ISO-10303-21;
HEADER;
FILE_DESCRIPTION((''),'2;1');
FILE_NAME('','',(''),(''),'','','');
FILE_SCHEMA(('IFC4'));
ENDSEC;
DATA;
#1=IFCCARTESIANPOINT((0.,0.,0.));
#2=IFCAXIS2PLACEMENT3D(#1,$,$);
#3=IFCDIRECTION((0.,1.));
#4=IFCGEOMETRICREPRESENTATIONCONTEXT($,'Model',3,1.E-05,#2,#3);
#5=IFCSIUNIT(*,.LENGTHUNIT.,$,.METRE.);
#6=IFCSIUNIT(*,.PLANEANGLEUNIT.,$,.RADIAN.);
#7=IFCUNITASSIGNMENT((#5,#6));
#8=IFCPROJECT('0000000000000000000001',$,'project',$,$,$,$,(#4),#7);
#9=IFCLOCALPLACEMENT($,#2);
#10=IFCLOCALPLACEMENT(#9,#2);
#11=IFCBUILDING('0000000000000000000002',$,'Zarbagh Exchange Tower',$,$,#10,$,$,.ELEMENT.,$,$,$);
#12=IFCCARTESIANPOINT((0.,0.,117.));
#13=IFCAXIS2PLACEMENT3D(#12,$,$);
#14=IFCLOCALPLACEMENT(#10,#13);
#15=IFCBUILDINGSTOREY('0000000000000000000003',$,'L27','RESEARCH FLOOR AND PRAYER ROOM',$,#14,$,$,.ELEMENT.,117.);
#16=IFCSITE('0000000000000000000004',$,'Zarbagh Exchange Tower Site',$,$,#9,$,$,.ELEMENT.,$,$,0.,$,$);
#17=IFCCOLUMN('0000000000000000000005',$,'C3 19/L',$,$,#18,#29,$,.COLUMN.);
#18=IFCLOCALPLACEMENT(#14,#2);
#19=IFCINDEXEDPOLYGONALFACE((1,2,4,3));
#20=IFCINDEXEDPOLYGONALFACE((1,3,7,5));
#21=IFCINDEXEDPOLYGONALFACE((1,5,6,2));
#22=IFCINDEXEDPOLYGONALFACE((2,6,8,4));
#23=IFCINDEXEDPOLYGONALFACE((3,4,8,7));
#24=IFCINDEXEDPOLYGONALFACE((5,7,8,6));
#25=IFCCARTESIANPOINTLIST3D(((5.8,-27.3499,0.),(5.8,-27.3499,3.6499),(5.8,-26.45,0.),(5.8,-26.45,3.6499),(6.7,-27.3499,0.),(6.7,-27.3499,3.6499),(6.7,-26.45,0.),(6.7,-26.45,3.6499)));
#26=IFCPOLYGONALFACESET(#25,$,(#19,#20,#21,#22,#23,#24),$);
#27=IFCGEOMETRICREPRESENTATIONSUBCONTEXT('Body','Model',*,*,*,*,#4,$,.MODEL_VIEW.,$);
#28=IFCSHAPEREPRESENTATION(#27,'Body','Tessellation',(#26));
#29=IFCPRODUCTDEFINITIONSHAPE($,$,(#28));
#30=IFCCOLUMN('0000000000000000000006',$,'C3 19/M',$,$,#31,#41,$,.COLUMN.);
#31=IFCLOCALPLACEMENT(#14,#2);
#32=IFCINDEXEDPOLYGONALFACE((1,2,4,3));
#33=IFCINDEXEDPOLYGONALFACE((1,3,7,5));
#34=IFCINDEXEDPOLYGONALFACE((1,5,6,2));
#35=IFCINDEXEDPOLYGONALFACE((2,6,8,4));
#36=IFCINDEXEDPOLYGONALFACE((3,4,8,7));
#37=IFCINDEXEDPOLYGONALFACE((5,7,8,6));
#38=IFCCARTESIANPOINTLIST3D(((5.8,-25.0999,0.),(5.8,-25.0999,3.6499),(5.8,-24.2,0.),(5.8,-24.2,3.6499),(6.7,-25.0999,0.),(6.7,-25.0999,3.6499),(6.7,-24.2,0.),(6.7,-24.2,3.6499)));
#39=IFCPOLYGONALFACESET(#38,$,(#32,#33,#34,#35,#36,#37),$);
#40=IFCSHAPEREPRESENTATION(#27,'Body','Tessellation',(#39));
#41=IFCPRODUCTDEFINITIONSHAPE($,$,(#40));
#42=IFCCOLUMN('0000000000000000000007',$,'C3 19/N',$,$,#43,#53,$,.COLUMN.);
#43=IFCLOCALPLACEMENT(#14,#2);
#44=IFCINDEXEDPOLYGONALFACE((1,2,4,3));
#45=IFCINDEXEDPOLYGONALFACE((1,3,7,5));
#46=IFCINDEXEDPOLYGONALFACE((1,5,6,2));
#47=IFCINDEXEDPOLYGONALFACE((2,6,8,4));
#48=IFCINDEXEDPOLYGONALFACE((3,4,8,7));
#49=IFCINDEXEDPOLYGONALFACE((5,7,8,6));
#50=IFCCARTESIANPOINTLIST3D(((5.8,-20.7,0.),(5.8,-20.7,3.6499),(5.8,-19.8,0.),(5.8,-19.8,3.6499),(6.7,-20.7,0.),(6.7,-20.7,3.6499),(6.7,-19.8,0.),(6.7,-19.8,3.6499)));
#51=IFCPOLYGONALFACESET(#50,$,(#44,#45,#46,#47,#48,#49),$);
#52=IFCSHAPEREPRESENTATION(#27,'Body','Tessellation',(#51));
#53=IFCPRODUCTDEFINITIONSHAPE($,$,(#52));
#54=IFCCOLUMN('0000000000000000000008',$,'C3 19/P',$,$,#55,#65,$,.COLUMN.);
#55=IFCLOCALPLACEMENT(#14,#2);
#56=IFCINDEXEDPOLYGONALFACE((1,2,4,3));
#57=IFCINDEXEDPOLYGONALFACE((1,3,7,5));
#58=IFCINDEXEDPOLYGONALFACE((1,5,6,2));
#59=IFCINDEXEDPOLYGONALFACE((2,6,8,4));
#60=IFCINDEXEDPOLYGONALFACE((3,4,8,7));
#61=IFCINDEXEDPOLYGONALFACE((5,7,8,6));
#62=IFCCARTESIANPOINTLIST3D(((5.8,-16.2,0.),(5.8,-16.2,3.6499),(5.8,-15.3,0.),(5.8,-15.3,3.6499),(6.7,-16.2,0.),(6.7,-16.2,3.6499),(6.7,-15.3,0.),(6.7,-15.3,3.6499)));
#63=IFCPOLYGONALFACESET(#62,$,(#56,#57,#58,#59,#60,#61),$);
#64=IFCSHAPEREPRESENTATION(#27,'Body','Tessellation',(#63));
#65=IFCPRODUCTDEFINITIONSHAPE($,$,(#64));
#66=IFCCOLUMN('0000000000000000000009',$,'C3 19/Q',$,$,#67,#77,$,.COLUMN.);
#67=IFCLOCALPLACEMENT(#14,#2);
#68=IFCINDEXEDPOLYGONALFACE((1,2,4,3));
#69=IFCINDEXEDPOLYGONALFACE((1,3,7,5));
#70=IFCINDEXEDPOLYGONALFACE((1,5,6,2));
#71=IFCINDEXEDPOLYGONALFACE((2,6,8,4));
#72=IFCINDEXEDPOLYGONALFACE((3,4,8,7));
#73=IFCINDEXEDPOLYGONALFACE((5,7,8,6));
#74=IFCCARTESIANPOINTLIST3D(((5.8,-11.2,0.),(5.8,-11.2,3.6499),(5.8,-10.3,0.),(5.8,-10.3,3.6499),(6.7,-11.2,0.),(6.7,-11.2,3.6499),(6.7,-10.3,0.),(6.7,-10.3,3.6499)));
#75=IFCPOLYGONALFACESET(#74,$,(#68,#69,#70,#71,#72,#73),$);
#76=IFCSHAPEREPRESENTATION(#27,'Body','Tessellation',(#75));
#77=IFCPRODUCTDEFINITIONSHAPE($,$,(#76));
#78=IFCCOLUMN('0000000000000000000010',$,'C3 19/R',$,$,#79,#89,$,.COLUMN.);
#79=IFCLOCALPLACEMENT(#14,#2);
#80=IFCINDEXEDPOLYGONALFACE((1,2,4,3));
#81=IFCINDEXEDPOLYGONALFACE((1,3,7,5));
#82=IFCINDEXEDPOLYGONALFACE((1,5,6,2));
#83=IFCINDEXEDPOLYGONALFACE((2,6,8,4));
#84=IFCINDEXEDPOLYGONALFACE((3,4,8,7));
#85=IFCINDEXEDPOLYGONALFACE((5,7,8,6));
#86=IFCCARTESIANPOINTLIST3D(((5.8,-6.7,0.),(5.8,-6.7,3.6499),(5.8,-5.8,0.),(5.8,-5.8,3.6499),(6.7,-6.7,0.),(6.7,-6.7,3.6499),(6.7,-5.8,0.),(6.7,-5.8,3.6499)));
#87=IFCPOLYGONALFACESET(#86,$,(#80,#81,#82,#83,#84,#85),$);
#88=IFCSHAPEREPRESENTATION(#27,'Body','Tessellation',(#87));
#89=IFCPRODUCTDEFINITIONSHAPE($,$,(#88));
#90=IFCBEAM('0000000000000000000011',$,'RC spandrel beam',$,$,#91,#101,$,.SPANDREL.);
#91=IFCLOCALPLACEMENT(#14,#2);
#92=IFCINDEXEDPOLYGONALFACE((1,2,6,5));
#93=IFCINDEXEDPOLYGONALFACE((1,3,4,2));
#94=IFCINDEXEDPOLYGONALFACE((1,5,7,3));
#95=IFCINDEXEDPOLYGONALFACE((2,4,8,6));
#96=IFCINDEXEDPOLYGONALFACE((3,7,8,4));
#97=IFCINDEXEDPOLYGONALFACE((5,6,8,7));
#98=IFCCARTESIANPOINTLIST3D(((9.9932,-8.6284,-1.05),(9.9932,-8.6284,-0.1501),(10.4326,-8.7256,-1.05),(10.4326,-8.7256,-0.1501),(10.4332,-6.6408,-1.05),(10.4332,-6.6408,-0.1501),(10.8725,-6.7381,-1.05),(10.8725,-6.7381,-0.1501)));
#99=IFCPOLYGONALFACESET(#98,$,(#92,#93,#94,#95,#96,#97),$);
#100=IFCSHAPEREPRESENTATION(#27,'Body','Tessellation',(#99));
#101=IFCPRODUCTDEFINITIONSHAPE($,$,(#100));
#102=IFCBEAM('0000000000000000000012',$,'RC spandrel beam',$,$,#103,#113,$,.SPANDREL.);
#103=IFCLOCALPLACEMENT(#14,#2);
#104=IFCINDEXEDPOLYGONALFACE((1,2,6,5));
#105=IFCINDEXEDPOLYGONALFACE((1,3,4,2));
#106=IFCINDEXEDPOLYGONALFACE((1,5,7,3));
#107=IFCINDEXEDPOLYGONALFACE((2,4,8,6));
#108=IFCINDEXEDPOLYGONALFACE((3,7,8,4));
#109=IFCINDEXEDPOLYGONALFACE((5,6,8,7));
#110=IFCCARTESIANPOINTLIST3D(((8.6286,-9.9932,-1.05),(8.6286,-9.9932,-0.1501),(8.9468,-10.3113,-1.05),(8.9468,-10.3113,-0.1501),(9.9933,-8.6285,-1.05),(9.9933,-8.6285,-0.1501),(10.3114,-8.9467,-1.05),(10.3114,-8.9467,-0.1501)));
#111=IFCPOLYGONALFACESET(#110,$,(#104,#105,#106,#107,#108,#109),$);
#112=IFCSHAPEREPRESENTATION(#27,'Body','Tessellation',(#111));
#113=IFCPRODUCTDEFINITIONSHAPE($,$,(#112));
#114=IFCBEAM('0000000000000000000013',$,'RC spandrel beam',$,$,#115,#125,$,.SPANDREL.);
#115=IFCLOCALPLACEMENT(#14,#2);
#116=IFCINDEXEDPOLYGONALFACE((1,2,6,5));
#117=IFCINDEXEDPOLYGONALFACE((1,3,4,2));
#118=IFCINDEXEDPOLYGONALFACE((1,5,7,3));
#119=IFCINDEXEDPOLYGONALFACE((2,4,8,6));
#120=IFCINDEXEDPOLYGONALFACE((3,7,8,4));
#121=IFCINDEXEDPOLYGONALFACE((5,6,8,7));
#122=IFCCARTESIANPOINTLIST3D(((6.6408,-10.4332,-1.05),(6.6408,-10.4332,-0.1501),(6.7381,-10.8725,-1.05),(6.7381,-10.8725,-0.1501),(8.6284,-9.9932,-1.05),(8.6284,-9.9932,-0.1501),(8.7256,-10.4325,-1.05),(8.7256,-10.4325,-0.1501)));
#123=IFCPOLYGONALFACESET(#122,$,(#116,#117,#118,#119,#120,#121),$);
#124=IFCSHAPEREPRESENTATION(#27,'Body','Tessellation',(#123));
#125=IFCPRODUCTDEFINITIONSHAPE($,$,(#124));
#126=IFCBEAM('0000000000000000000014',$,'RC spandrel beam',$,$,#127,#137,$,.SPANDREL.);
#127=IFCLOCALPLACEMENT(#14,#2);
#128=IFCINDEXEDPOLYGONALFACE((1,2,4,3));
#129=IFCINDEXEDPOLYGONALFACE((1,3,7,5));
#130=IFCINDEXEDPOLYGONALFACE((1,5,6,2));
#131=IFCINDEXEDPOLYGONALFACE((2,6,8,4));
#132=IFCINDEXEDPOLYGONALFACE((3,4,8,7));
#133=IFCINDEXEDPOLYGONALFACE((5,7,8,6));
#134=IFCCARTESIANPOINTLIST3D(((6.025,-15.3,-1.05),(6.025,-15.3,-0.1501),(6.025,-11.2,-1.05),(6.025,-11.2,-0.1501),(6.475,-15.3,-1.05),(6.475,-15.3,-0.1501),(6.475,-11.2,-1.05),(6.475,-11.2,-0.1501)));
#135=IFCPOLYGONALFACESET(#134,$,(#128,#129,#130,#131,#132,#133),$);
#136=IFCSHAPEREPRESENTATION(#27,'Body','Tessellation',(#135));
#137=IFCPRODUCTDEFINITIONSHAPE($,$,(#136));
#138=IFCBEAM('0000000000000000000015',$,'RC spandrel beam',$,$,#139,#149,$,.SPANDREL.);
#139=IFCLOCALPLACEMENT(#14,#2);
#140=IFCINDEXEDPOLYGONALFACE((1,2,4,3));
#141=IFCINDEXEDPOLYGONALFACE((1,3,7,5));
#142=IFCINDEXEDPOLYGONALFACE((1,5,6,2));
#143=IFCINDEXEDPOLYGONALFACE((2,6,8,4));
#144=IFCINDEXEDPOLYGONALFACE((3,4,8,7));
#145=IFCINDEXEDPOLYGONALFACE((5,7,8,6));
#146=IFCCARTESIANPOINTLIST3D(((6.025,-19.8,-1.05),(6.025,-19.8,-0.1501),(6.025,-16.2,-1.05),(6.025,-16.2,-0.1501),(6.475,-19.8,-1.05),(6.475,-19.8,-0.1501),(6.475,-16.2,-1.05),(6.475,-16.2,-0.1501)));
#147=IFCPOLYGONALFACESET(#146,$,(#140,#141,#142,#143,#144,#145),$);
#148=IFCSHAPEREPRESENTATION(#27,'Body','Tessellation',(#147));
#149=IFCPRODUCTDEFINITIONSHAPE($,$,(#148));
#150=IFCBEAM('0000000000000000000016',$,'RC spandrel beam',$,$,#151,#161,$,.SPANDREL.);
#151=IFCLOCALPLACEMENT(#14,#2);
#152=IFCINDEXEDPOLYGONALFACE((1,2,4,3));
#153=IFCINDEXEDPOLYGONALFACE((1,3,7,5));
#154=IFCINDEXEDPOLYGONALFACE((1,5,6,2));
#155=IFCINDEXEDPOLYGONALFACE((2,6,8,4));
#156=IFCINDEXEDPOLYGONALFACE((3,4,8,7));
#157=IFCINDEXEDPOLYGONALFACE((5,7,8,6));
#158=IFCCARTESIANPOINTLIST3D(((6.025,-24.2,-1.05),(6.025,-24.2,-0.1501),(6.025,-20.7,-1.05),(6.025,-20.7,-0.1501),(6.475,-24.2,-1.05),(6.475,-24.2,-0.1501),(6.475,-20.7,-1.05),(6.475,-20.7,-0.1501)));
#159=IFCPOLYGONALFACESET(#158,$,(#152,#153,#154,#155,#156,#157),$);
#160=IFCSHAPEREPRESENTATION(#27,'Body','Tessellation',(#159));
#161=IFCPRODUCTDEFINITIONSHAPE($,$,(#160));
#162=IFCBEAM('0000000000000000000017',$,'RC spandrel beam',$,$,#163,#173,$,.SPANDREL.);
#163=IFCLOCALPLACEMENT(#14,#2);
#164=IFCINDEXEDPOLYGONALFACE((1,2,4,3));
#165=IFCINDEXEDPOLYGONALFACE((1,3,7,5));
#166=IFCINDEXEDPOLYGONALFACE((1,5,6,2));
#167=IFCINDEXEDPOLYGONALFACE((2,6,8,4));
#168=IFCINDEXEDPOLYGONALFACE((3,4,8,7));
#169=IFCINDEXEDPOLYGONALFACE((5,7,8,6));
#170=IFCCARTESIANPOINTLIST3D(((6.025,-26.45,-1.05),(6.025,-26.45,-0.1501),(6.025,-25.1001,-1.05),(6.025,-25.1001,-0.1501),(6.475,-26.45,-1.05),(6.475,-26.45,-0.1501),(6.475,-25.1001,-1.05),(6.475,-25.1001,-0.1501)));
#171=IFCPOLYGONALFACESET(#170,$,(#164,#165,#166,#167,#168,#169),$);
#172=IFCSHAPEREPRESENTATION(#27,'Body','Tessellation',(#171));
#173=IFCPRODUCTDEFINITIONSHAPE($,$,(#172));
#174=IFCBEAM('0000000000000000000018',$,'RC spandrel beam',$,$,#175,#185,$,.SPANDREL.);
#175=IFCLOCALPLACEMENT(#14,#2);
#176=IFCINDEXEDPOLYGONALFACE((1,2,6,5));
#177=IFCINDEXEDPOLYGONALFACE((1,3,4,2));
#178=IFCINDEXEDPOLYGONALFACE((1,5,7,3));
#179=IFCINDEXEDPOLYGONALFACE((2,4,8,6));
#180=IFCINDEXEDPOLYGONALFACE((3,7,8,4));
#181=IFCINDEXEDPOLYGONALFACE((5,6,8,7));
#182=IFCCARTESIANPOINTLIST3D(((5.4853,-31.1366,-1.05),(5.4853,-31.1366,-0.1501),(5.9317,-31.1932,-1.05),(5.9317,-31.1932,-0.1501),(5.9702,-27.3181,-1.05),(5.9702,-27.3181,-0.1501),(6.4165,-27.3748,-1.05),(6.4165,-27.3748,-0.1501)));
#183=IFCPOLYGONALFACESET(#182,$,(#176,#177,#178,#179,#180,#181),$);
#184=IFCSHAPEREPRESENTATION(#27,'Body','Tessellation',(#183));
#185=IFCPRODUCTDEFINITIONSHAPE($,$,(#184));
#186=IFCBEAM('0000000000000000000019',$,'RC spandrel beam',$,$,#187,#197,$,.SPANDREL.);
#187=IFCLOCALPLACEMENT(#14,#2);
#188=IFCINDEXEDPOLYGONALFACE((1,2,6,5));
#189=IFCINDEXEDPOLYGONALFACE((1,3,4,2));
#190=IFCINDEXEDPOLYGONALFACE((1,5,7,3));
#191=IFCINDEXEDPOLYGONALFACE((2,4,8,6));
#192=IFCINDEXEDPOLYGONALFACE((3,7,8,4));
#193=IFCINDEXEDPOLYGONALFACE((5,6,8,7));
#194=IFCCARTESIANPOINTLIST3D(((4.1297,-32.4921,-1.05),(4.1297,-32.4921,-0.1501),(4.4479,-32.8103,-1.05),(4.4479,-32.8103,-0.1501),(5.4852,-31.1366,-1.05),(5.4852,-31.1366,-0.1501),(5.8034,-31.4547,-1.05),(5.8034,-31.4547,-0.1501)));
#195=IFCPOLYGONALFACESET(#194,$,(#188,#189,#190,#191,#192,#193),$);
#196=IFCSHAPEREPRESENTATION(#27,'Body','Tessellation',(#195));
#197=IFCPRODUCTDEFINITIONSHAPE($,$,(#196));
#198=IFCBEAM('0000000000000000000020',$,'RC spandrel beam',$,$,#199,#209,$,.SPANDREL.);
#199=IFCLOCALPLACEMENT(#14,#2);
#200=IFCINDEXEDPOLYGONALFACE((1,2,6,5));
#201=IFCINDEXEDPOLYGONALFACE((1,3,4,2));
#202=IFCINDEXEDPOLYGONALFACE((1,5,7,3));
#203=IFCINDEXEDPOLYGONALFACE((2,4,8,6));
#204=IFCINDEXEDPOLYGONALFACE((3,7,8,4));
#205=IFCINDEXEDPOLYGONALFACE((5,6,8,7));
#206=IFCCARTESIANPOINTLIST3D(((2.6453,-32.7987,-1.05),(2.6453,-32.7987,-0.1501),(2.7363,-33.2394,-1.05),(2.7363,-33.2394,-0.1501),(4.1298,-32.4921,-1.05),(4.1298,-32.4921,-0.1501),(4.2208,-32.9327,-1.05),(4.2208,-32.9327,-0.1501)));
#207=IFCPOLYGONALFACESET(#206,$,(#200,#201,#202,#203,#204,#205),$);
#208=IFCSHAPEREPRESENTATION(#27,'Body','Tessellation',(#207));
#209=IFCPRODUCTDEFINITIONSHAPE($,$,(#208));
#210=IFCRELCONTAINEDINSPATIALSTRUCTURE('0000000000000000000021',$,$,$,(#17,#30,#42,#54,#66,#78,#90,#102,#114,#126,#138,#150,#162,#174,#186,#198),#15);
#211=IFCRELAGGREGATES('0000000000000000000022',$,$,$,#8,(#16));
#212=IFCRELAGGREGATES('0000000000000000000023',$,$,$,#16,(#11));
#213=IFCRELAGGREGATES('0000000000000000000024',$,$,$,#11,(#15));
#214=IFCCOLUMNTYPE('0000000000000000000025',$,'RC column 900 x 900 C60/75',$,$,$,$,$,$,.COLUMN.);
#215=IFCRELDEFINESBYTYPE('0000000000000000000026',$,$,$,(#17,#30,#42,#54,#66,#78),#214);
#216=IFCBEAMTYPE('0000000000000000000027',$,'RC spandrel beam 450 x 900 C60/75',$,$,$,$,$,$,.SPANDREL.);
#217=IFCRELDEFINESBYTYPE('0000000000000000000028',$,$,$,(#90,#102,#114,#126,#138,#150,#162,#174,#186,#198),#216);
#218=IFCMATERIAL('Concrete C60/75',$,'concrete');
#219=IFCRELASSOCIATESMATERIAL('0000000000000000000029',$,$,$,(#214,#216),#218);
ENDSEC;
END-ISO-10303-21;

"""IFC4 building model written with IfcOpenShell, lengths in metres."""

from ifc_helpers import new_model, si_unit, direction, frame, origin, origin_2d, place, context, subcontext, project, spatial, rectangle, extrude, material, material_profile, profile_set, type_object, element, save


model = new_model("IFC4")

# Units and contexts
model_context = context("Model", 3, precision=1e-05, world=origin(), true_north=direction((0.0, 1.0)))
body_context = subcontext(model_context, "Body", "Model", "MODEL_VIEW")
ifc_project = project(units=[si_unit("LENGTHUNIT", "METRE"), si_unit("PLANEANGLEUNIT", "RADIAN")], contexts=[model_context])

# Site, building, storey
site_placement = place(None, origin())
site = spatial("IfcSite", under=ifc_project, at=site_placement, Name="Zarbagh Exchange Tower Site", CompositionType="ELEMENT", RefElevation=0.0)
building_placement = place(site_placement, origin())
building = spatial("IfcBuilding", under=site, at=building_placement, Name="Zarbagh Exchange Tower", CompositionType="ELEMENT")
storey_placement = place(building_placement, frame((0.0, 0.0, 117.0)))
storey = spatial("IfcBuildingStorey", under=building, at=storey_placement, Name="L27", Description="RESEARCH FLOOR AND PRAYER ROOM", CompositionType="ELEMENT", Elevation=117.0)

# Columns
ifc_material_1 = material(Name="Concrete C60/75", Category="concrete")
ifc_material_profile_1 = material_profile(ifc_material_1, rectangle(XDim=0.8999, YDim=0.8999, at=origin_2d()), Name="RC column 900 x 900 C60/75")
ifc_profile_set_1 = profile_set([ifc_material_profile_1], Name="Concrete C60/75")
column_type = type_object("IfcColumnType", Name="RC column 900 x 900 C60/75", PredefinedType="COLUMN", material=ifc_profile_set_1)
for number, where, z_axis, x_axis, name in (
    (1, (6.25, -26.8999, 0.0), (0.0, 0.0, 1.0), (1.0, 0.0, 0.0), "C3 19/L"),
    (2, (6.25, -24.6499, 0.0), (0.0, 0.0, 1.0), (1.0, 0.0, 0.0), "C3 19/M"),
    (3, (6.25, -20.25, 0.0), (0.0, 0.0, 1.0), (1.0, 0.0, 0.0), "C3 19/N"),
    (4, (6.25, -15.75, 0.0), (0.0, 0.0, 1.0), (1.0, 0.0, 0.0), "C3 19/P"),
    (5, (6.25, -10.75, 0.0), (0.0, 0.0, 1.0), (1.0, 0.0, 0.0), "C3 19/Q"),
    (6, (6.25, -6.25, 0.0), (0.0, 0.0, 1.0), (1.0, 0.0, 0.0), "C3 19/R"),
):
    element("IfcColumn", number, at=place(storey_placement, frame(where, z_axis=z_axis, x_axis=x_axis)), inside=storey, type_object=column_type, Name=name, PredefinedType="COLUMN", context=body_context, shape_type="SweptSolid", body=[
        extrude(rectangle(XDim=0.8999, YDim=0.8999, at=origin_2d()), origin(), (0.0, 0.0, 1.0), 3.6499),
    ])

# Beams
ifc_material_profile_2 = material_profile(ifc_material_1, rectangle(XDim=0.45, YDim=0.8999, at=origin_2d()), Name="RC spandrel beam 450 x 900 C60/75")
ifc_profile_set_2 = profile_set([ifc_material_profile_2], Name="Concrete C60/75")
beam_type = type_object("IfcBeamType", Name="RC spandrel beam 450 x 900 C60/75", PredefinedType="SPANDREL", material=ifc_profile_set_2)
beam_1_placement = place(storey_placement, frame((10.6528, -6.6895, -0.6001), z_axis=(-0.216118, -0.976367, 0.0), x_axis=(0.976367, -0.216118, 0.0)))
element("IfcBeam", 7, at=beam_1_placement, inside=storey, type_object=beam_type, Name="RC spandrel beam", PredefinedType="SPANDREL", context=body_context, shape_type="SweptSolid", body=[
    extrude(rectangle(XDim=0.45, YDim=0.8999, at=origin_2d()), origin(), (0.0, 0.0, 1.0), 2.0356),
])
beam_2_placement = place(storey_placement, frame((10.1523, -8.7876, -0.6001), z_axis=(-0.707107, -0.707107, 0.0), x_axis=(0.707107, -0.707107, 0.0)))
element("IfcBeam", 8, at=beam_2_placement, inside=storey, type_object=beam_type, Name="RC spandrel beam", PredefinedType="SPANDREL", context=body_context, shape_type="SweptSolid", body=[
    extrude(rectangle(XDim=0.45, YDim=0.8999, at=origin_2d()), origin(), (0.0, 0.0, 1.0), 1.9299),
])
beam_3_placement = place(storey_placement, frame((8.677, -10.2129, -0.6001), z_axis=(-0.976367, -0.216118, 0.0), x_axis=(0.216118, -0.976367, 0.0)))
element("IfcBeam", 9, at=beam_3_placement, inside=storey, type_object=beam_type, Name="RC spandrel beam", PredefinedType="SPANDREL", context=body_context, shape_type="SweptSolid", body=[
    extrude(rectangle(XDim=0.45, YDim=0.8999, at=origin_2d()), origin(), (0.0, 0.0, 1.0), 2.0356),
])
beam_4_placement = place(storey_placement, frame((6.25, -11.2, -0.6001), z_axis=(0.0, -1.0, 0.0), x_axis=(1.0, 0.0, 0.0)))
element("IfcBeam", 10, at=beam_4_placement, inside=storey, type_object=beam_type, Name="RC spandrel beam", PredefinedType="SPANDREL", context=body_context, shape_type="SweptSolid", body=[
    extrude(rectangle(XDim=0.45, YDim=0.8999, at=origin_2d()), origin(), (0.0, 0.0, 1.0), 4.1001),
])
beam_5_placement = place(storey_placement, frame((6.25, -16.2, -0.6001), z_axis=(0.0, -1.0, 0.0), x_axis=(1.0, 0.0, 0.0)))
element("IfcBeam", 11, at=beam_5_placement, inside=storey, type_object=beam_type, Name="RC spandrel beam", PredefinedType="SPANDREL", context=body_context, shape_type="SweptSolid", body=[
    extrude(rectangle(XDim=0.45, YDim=0.8999, at=origin_2d()), origin(), (0.0, 0.0, 1.0), 3.6001),
])
beam_6_placement = place(storey_placement, frame((6.25, -20.7, -0.6001), z_axis=(0.0, -1.0, 0.0), x_axis=(1.0, 0.0, 0.0)))
element("IfcBeam", 12, at=beam_6_placement, inside=storey, type_object=beam_type, Name="RC spandrel beam", PredefinedType="SPANDREL", context=body_context, shape_type="SweptSolid", body=[
    extrude(rectangle(XDim=0.45, YDim=0.8999, at=origin_2d()), origin(), (0.0, 0.0, 1.0), 3.5),
])
beam_7_placement = place(storey_placement, frame((6.25, -25.1001, -0.6001), z_axis=(0.0, -1.0, 0.0), x_axis=(1.0, 0.0, 0.0)))
element("IfcBeam", 13, at=beam_7_placement, inside=storey, type_object=beam_type, Name="RC spandrel beam", PredefinedType="SPANDREL", context=body_context, shape_type="SweptSolid", body=[
    extrude(rectangle(XDim=0.45, YDim=0.8999, at=origin_2d()), origin(), (0.0, 0.0, 1.0), 1.3499),
])
beam_8_placement = place(storey_placement, frame((6.1934, -27.3464, -0.6001), z_axis=(-0.125971, -0.992034, 0.0), x_axis=(0.992034, -0.125971, 0.0)))
element("IfcBeam", 14, at=beam_8_placement, inside=storey, type_object=beam_type, Name="RC spandrel beam", PredefinedType="SPANDREL", context=body_context, shape_type="SweptSolid", body=[
    extrude(rectangle(XDim=0.45, YDim=0.8999, at=origin_2d()), origin(), (0.0, 0.0, 1.0), 3.8491),
])
beam_9_placement = place(storey_placement, frame((5.6443, -31.2957, -0.6001), z_axis=(-0.707107, -0.707107, 0.0), x_axis=(0.707107, -0.707107, 0.0)))
element("IfcBeam", 15, at=beam_9_placement, inside=storey, type_object=beam_type, Name="RC spandrel beam", PredefinedType="SPANDREL", context=body_context, shape_type="SweptSolid", body=[
    extrude(rectangle(XDim=0.45, YDim=0.8999, at=origin_2d()), origin(), (0.0, 0.0, 1.0), 1.917),
])
beam_10_placement = place(storey_placement, frame((4.1753, -32.7124, -0.6001), z_axis=(-0.979329, -0.202275, 0.0), x_axis=(0.202275, -0.979329, 0.0)))
element("IfcBeam", 16, at=beam_10_placement, inside=storey, type_object=beam_type, Name="RC spandrel beam", PredefinedType="SPANDREL", context=body_context, shape_type="SweptSolid", body=[
    extrude(rectangle(XDim=0.45, YDim=0.8999, at=origin_2d()), origin(), (0.0, 0.0, 1.0), 1.5159),
])

save(model, "model.ifc")
